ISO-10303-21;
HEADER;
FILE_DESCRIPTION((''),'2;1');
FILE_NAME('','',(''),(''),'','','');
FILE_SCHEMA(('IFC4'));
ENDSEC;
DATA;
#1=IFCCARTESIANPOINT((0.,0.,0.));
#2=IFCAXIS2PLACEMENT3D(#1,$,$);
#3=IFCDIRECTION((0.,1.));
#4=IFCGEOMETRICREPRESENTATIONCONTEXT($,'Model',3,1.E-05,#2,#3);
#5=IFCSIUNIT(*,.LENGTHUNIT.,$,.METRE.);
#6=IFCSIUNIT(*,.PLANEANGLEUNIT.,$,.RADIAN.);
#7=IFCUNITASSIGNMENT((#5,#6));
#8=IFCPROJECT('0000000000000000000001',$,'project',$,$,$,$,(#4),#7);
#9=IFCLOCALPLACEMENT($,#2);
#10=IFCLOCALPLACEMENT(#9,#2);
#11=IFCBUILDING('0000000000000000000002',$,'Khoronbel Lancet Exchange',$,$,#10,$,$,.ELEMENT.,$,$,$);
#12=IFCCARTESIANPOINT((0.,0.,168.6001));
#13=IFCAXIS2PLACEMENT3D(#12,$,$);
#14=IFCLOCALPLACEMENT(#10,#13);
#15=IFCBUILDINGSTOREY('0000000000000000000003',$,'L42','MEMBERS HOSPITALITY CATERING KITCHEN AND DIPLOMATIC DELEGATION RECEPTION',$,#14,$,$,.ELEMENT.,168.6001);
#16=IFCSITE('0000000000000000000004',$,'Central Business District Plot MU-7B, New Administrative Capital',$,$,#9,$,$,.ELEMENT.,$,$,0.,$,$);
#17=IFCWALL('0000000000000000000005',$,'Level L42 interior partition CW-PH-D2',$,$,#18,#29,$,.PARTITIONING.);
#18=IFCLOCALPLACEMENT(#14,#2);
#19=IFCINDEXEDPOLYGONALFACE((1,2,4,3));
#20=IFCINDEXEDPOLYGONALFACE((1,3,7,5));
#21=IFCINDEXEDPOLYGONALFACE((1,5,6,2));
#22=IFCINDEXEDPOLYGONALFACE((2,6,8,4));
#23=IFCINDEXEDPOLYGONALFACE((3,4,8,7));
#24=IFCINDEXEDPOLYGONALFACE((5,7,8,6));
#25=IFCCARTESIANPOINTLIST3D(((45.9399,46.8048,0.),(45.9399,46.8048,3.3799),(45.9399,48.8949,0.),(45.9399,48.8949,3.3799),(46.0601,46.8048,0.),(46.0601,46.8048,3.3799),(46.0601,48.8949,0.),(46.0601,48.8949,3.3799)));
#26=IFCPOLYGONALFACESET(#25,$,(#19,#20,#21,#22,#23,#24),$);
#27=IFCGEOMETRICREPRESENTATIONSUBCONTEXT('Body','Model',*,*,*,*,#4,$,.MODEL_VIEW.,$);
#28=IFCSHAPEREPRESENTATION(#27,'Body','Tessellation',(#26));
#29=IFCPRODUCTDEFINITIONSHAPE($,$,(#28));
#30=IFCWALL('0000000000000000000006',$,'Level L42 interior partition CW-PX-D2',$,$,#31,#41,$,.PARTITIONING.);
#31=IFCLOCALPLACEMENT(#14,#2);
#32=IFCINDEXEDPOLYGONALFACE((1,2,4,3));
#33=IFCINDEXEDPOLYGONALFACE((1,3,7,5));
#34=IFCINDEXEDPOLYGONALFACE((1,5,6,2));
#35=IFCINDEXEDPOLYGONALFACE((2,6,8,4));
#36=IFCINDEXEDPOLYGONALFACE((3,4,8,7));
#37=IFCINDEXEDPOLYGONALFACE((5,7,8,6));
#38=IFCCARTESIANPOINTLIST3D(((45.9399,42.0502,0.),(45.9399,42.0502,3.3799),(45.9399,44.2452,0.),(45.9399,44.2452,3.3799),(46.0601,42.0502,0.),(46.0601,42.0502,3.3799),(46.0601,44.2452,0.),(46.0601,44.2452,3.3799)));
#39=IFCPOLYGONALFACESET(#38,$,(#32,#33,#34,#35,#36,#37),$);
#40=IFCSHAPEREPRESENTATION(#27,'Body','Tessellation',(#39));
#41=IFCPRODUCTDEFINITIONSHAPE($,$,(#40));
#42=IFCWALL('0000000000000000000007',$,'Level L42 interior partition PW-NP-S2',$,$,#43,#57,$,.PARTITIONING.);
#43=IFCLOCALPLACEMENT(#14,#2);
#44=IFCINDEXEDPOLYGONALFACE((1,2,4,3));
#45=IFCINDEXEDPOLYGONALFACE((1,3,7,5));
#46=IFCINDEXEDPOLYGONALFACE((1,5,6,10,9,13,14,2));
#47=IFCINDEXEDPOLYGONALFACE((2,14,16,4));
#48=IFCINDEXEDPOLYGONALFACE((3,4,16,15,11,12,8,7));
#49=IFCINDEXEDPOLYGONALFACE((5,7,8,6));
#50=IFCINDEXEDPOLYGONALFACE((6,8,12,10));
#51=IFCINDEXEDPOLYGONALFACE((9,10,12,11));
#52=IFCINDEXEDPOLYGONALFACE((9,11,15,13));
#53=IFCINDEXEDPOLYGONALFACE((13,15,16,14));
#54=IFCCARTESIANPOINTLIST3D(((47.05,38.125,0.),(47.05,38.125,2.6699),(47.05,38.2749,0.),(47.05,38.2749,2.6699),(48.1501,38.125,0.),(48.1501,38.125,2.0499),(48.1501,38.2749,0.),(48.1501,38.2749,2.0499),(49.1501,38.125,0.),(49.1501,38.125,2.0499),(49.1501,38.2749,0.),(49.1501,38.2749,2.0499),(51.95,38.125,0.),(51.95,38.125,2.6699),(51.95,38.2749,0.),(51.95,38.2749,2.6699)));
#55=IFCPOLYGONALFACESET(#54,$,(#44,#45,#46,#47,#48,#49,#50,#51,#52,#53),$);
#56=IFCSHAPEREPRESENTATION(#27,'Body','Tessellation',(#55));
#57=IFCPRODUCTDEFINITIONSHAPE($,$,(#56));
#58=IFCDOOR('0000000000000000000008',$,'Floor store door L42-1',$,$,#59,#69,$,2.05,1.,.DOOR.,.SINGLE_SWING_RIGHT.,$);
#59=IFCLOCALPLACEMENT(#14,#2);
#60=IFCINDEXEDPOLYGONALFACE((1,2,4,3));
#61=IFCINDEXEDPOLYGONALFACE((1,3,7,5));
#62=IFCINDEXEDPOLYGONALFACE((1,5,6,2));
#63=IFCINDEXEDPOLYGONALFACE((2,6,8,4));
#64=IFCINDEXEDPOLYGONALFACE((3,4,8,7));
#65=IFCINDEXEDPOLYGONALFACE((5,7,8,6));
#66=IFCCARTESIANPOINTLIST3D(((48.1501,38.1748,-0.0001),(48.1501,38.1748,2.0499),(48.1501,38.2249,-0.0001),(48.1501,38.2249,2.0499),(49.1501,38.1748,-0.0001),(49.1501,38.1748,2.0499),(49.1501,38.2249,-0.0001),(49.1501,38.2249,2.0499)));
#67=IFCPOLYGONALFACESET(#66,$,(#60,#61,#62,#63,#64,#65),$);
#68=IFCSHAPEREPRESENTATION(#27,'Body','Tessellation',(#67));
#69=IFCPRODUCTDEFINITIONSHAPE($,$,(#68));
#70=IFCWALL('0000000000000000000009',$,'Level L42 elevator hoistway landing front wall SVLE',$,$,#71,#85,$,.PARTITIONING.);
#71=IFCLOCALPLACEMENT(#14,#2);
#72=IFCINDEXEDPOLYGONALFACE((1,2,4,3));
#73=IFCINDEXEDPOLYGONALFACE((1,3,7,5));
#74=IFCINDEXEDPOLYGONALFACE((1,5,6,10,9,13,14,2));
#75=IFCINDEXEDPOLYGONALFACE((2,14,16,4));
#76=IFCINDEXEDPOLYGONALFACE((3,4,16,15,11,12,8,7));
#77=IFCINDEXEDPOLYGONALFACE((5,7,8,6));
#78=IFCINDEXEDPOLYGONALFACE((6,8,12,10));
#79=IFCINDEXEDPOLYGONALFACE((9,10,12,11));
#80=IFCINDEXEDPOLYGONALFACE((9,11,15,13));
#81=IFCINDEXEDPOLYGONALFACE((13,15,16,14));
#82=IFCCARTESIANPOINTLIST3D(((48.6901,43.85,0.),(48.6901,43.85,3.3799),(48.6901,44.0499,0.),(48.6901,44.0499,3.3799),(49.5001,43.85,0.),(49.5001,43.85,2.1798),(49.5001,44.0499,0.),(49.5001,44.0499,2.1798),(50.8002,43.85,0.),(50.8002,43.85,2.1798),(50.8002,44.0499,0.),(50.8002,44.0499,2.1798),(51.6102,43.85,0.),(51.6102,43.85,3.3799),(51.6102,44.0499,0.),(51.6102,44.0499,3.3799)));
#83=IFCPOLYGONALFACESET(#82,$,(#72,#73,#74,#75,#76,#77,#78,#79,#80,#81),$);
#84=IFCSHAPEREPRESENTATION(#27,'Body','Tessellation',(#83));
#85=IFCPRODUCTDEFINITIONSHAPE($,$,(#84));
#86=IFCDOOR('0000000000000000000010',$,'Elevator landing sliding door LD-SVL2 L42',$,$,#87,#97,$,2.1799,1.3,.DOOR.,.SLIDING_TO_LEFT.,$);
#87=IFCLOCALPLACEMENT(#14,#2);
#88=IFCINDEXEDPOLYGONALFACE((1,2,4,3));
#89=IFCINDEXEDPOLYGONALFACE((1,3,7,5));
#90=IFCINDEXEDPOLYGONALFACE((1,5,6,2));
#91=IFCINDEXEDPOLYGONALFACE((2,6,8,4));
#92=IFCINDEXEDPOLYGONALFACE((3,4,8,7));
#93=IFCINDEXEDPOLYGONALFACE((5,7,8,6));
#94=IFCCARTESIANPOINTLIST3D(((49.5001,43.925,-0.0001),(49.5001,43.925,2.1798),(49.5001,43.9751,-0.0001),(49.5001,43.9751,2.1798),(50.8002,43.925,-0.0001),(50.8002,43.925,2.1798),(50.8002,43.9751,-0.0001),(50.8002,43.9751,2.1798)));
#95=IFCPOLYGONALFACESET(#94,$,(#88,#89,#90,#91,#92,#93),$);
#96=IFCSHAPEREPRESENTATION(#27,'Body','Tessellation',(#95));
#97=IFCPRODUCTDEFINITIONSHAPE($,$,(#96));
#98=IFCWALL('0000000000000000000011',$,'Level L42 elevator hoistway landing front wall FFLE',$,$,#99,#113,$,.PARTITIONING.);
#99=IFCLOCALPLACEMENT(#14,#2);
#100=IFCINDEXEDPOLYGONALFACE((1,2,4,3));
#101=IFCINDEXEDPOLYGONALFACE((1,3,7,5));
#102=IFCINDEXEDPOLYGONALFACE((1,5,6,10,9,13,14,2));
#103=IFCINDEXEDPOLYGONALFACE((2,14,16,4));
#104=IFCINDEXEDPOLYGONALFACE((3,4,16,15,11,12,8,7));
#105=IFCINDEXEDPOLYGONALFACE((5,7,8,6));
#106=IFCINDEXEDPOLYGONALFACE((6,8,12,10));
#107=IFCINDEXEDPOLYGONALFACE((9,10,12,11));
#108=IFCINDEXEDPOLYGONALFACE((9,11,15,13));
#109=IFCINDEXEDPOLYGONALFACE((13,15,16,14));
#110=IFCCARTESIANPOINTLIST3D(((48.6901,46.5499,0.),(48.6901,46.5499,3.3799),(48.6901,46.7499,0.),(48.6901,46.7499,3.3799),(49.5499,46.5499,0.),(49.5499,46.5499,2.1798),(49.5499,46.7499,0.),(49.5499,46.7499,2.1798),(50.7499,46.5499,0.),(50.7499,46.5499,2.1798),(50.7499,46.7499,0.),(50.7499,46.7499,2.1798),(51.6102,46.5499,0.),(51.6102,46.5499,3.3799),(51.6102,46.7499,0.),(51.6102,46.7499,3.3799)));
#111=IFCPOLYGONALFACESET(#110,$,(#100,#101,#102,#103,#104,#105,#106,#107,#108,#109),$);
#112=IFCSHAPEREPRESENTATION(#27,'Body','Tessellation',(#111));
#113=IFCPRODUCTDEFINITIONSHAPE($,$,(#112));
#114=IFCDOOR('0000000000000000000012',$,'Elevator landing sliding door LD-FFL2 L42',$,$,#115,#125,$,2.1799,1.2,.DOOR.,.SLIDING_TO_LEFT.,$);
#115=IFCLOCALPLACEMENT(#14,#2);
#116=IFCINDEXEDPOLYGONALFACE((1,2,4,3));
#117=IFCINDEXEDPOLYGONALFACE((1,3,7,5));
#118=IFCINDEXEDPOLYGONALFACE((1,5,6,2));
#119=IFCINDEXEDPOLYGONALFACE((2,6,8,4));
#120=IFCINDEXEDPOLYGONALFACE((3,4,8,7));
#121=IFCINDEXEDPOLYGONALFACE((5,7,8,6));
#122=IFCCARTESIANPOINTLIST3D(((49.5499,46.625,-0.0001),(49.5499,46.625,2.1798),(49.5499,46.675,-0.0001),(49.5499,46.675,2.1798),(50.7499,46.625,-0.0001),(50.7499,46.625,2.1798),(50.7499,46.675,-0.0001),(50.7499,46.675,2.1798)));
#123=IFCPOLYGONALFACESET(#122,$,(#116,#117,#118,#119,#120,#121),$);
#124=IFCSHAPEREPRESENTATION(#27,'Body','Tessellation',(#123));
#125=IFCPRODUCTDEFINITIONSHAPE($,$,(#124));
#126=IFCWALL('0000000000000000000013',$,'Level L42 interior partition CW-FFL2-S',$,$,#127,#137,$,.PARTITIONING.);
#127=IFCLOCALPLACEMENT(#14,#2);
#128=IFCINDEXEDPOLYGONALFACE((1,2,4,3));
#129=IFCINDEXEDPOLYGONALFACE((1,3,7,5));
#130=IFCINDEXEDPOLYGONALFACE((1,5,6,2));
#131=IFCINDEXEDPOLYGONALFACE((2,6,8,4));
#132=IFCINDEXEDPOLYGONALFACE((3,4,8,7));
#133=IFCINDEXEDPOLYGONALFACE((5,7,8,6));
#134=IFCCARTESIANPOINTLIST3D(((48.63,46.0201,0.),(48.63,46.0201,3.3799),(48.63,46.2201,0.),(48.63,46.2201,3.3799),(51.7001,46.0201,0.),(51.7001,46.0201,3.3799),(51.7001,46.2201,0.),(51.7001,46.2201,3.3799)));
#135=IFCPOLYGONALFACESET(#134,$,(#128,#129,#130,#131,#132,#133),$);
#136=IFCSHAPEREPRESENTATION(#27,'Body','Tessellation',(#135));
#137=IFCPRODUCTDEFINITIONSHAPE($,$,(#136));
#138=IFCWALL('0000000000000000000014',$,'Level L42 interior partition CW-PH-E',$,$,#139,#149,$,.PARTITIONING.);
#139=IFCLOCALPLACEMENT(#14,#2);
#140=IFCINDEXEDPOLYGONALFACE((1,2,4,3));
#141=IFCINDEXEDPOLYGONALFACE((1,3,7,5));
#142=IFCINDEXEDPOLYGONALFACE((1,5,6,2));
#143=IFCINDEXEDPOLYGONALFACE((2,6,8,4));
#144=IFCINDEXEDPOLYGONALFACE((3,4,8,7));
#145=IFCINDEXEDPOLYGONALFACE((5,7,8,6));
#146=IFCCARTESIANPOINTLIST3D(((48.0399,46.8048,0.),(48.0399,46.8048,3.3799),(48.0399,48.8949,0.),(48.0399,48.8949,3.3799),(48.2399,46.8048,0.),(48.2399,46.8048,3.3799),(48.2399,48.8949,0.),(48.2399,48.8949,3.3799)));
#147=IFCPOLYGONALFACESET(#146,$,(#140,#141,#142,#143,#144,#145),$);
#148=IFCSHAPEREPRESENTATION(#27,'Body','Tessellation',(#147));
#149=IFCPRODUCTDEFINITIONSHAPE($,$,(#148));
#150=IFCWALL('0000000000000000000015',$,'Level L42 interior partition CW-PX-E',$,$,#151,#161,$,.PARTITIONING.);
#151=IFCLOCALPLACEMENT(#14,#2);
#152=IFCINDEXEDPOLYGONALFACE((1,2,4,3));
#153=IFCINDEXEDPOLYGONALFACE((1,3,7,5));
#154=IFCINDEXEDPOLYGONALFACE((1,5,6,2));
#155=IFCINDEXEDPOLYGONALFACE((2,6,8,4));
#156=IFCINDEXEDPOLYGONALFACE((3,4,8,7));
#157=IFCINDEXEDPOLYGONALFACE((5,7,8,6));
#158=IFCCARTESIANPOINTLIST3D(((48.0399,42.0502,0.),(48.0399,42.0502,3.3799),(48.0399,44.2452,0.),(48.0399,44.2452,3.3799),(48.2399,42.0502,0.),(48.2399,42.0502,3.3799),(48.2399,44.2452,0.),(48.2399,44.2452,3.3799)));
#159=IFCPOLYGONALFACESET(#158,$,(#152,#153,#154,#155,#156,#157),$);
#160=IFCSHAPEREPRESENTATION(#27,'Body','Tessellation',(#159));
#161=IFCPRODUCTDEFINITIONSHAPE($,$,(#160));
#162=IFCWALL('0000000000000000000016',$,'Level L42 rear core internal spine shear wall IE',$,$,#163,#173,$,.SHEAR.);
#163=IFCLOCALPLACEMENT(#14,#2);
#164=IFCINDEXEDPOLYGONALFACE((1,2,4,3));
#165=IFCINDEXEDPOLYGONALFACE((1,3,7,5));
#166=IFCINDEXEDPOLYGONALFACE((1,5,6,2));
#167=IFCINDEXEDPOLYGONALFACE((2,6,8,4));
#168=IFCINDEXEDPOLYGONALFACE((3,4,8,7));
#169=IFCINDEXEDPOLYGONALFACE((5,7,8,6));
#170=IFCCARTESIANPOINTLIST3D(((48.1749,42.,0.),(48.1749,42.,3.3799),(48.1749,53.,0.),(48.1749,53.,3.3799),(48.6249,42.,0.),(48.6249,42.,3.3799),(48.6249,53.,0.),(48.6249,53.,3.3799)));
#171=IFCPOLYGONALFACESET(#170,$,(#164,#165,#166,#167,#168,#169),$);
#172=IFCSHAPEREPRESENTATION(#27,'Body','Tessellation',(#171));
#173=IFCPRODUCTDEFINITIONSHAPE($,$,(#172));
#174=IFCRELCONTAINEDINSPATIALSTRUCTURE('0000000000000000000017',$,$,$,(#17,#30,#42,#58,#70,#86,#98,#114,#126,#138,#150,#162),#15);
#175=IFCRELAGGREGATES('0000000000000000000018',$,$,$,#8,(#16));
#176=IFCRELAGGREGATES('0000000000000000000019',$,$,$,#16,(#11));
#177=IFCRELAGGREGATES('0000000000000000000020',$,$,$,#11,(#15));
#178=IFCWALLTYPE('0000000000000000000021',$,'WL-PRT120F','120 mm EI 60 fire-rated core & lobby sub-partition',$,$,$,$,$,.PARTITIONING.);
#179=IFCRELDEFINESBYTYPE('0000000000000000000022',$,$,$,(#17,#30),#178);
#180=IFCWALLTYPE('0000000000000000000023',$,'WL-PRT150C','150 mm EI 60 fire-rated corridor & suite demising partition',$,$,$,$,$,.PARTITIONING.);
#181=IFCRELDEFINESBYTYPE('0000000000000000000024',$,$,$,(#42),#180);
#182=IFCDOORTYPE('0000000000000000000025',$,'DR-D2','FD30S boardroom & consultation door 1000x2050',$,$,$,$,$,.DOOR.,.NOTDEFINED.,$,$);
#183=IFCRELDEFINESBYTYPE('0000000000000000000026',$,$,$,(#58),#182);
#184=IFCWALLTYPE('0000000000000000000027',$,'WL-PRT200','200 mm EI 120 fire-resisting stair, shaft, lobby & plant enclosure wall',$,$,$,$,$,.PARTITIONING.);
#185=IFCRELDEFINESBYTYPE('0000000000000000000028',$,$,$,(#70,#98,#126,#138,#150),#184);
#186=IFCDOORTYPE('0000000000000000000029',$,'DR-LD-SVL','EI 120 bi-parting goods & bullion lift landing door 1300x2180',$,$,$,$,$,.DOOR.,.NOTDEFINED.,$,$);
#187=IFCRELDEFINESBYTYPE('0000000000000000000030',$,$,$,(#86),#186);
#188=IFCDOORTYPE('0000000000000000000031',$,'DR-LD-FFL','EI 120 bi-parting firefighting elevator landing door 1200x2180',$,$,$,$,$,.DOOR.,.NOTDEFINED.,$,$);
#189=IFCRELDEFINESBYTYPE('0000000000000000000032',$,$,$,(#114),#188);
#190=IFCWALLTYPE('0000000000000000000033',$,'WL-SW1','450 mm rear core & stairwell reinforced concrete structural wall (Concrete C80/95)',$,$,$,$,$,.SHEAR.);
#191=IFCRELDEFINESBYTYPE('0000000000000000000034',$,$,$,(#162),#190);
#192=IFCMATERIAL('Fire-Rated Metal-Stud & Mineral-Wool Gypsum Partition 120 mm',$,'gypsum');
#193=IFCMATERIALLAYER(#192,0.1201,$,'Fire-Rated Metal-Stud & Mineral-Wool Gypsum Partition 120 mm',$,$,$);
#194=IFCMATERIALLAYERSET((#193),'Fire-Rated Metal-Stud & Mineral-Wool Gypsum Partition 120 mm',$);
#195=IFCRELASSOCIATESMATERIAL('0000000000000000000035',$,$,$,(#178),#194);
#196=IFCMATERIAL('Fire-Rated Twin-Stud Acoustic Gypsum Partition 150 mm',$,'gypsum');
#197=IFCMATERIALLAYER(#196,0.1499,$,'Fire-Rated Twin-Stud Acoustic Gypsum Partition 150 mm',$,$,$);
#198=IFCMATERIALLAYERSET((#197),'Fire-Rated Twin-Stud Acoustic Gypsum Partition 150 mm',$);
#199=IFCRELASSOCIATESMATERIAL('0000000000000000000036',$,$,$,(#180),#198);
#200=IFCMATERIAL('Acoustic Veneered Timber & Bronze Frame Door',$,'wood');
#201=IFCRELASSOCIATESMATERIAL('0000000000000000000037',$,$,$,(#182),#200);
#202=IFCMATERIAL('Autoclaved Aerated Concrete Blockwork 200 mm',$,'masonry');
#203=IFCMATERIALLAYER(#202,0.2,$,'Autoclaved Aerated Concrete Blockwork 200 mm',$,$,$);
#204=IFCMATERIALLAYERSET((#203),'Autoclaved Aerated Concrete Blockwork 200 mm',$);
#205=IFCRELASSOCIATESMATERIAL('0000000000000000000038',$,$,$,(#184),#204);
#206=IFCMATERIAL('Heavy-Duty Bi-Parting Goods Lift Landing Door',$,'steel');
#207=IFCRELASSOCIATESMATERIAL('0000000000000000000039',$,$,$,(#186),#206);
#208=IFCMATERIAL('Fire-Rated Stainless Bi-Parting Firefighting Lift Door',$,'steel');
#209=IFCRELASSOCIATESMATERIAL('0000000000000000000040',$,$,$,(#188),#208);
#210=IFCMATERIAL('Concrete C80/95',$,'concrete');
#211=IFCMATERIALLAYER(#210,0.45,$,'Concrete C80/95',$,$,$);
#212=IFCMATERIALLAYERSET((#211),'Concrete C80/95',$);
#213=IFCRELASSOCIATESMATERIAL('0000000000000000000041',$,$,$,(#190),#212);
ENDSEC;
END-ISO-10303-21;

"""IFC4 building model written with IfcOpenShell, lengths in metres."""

from ifc_helpers import new_model, si_unit, direction, frame, frame_2d, origin, place, context, subcontext, project, spatial, rectangle, extrude, material, layer, layer_set, type_object, element, fill, save


model = new_model("IFC4")

# Units and contexts
model_context = context("Model", 3, precision=1e-05, world=origin(), true_north=direction((0.0, 1.0)))
body_context = subcontext(model_context, "Body", "Model", "MODEL_VIEW")
ifc_project = project(units=[si_unit("LENGTHUNIT", "METRE"), si_unit("PLANEANGLEUNIT", "RADIAN")], contexts=[model_context])

# Site, building, storey
site_placement = place(None, origin())
site = spatial("IfcSite", under=ifc_project, at=site_placement, Name="Central Business District Plot MU-7B, New Administrative Capital", CompositionType="ELEMENT", RefElevation=0.0)
building_placement = place(site_placement, origin())
building = spatial("IfcBuilding", under=site, at=building_placement, Name="Khoronbel Lancet Exchange", CompositionType="ELEMENT")
storey_placement = place(building_placement, frame((0.0, 0.0, 168.6001)))
storey = spatial("IfcBuildingStorey", under=building, at=storey_placement, Name="L42", Description="MEMBERS HOSPITALITY CATERING KITCHEN AND DIPLOMATIC DELEGATION RECEPTION", CompositionType="ELEMENT", Elevation=168.6001)

# Walls
ifc_material_1 = material(Name="Fire-Rated Metal-Stud & Mineral-Wool Gypsum Partition 120 mm", Category="gypsum")
ifc_layer_1 = layer(ifc_material_1, 0.1201, Name="Fire-Rated Metal-Stud & Mineral-Wool Gypsum Partition 120 mm")
ifc_layer_set_1 = layer_set([ifc_layer_1], Name="Fire-Rated Metal-Stud & Mineral-Wool Gypsum Partition 120 mm")
wall_type_1 = type_object("IfcWallType", Name="WL-PRT120F", Description="120 mm EI 60 fire-rated core & lobby sub-partition", PredefinedType="PARTITIONING", material=ifc_layer_set_1)
wall_1_placement = place(storey_placement, frame((46.0, 46.8049, 0.0), z_axis=(0.0, 0.0, 1.0), x_axis=(0.0, 1.0, 0.0)))
element("IfcWall", 1, at=wall_1_placement, inside=storey, type_object=wall_type_1, Name="Level L42 interior partition CW-PH-D2", PredefinedType="PARTITIONING", context=body_context, shape_type="SweptSolid", body=[
    extrude(rectangle(XDim=2.0901, YDim=0.1201, at=frame_2d((1.0449, 0.0))), origin(), (0.0, 0.0, 1.0), 3.3799),
])
wall_2_placement = place(storey_placement, frame((46.0, 42.05, 0.0), z_axis=(0.0, 0.0, 1.0), x_axis=(0.0, 1.0, 0.0)))
element("IfcWall", 2, at=wall_2_placement, inside=storey, type_object=wall_type_1, Name="Level L42 interior partition CW-PX-D2", PredefinedType="PARTITIONING", context=body_context, shape_type="SweptSolid", body=[
    extrude(rectangle(XDim=2.1951, YDim=0.1201, at=frame_2d((1.0977, 0.0))), origin(), (0.0, 0.0, 1.0), 3.3799),
])

# Walls, openings, doors
ifc_material_2 = material(Name="Fire-Rated Twin-Stud Acoustic Gypsum Partition 150 mm", Category="gypsum")
ifc_layer_2 = layer(ifc_material_2, 0.1499, Name="Fire-Rated Twin-Stud Acoustic Gypsum Partition 150 mm")
ifc_layer_set_2 = layer_set([ifc_layer_2], Name="Fire-Rated Twin-Stud Acoustic Gypsum Partition 150 mm")
wall_type_2 = type_object("IfcWallType", Name="WL-PRT150C", Description="150 mm EI 60 fire-rated corridor & suite demising partition", PredefinedType="PARTITIONING", material=ifc_layer_set_2)
wall_3_placement = place(storey_placement, frame((47.05, 38.2, 0.0), z_axis=(0.0, 0.0, 1.0), x_axis=(1.0, 0.0, 0.0)))
wall_3 = element("IfcWall", 3, at=wall_3_placement, inside=storey, type_object=wall_type_2, Name="Level L42 interior partition PW-NP-S2", PredefinedType="PARTITIONING", context=body_context, shape_type="SweptSolid", body=[
    extrude(rectangle(XDim=4.8999, YDim=0.1499, at=frame_2d((2.45, 0.0))), origin(), (0.0, 0.0, 1.0), 2.6699),
])
opening_1_placement = place(wall_3_placement, frame((1.1001, 0.0, 0.0)))
opening_1 = element("IfcOpeningElement", 4, at=opening_1_placement, cuts=wall_3, PredefinedType="OPENING", context=body_context, shape_type="SweptSolid", body=[
    extrude(rectangle(XDim=1.0, YDim=2.05, at=frame_2d((0.5, 1.0249))), frame((0.0, 0.085, 0.0), z_axis=(0.0, -1.0, 0.0), x_axis=(1.0, 0.0, 0.0)), (0.0, 0.0, 1.0), 0.1699),
])
ifc_material_3 = material(Name="Acoustic Veneered Timber & Bronze Frame Door", Category="wood")
door_type_1 = type_object("IfcDoorType", Name="DR-D2", Description="FD30S boardroom & consultation door 1000x2050", OperationType="NOTDEFINED", PredefinedType="DOOR", material=ifc_material_3)
door_1_placement = place(opening_1_placement, origin())
door_1 = element("IfcDoor", 5, at=door_1_placement, inside=storey, type_object=door_type_1, Name="Floor store door L42-1", OperationType="SINGLE_SWING_RIGHT", OverallHeight=2.05, OverallWidth=1.0, PredefinedType="DOOR", context=body_context, shape_type="SweptSolid", body=[
    extrude(rectangle(XDim=1.0, YDim=2.05, at=frame_2d((0.5, 1.0249))), frame((0.0, 0.0249, 0.0), z_axis=(0.0, -1.0, 0.0), x_axis=(1.0, 0.0, 0.0)), (0.0, 0.0, 1.0), 0.05),
])
fill(opening_1, door_1)
ifc_material_4 = material(Name="Autoclaved Aerated Concrete Blockwork 200 mm", Category="masonry")
ifc_layer_3 = layer(ifc_material_4, 0.2, Name="Autoclaved Aerated Concrete Blockwork 200 mm")
ifc_layer_set_3 = layer_set([ifc_layer_3], Name="Autoclaved Aerated Concrete Blockwork 200 mm")
wall_type_3 = type_object("IfcWallType", Name="WL-PRT200", Description="200 mm EI 120 fire-resisting stair, shaft, lobby & plant enclosure wall", PredefinedType="PARTITIONING", material=ifc_layer_set_3)
wall_4_placement = place(storey_placement, frame((51.6101, 43.95, 0.0), z_axis=(0.0, 0.0, 1.0), x_axis=(-1.0, 0.0, 0.0)))
wall_4 = element("IfcWall", 6, at=wall_4_placement, inside=storey, type_object=wall_type_3, Name="Level L42 elevator hoistway landing front wall SVLE", PredefinedType="PARTITIONING", context=body_context, shape_type="SweptSolid", body=[
    extrude(rectangle(XDim=2.9202, YDim=0.2, at=frame_2d((1.46, 0.0))), origin(), (0.0, 0.0, 1.0), 3.3799),
])
opening_2_placement = place(wall_4_placement, frame((0.8101, 0.0, 0.0)))
opening_2 = element("IfcOpeningElement", 7, at=opening_2_placement, cuts=wall_4, PredefinedType="OPENING", context=body_context, shape_type="SweptSolid", body=[
    extrude(rectangle(XDim=1.3, YDim=2.1799, at=frame_2d((0.6499, 1.0898))), frame((0.0, 0.1099, 0.0), z_axis=(0.0, -1.0, 0.0), x_axis=(1.0, 0.0, 0.0)), (0.0, 0.0, 1.0), 0.22),
])
ifc_material_5 = material(Name="Heavy-Duty Bi-Parting Goods Lift Landing Door", Category="steel")
door_type_2 = type_object("IfcDoorType", Name="DR-LD-SVL", Description="EI 120 bi-parting goods & bullion lift landing door 1300x2180", OperationType="NOTDEFINED", PredefinedType="DOOR", material=ifc_material_5)
door_2_placement = place(opening_2_placement, origin())
door_2 = element("IfcDoor", 8, at=door_2_placement, inside=storey, type_object=door_type_2, Name="Elevator landing sliding door LD-SVL2 L42", OperationType="SLIDING_TO_LEFT", OverallHeight=2.1799, OverallWidth=1.3, PredefinedType="DOOR", context=body_context, shape_type="SweptSolid", body=[
    extrude(rectangle(XDim=1.3, YDim=2.1799, at=frame_2d((0.6499, 1.0898))), frame((0.0, 0.0249, 0.0), z_axis=(0.0, -1.0, 0.0), x_axis=(1.0, 0.0, 0.0)), (0.0, 0.0, 1.0), 0.05),
])
fill(opening_2, door_2)
wall_5_placement = place(storey_placement, frame((51.6101, 46.6499, 0.0), z_axis=(0.0, 0.0, 1.0), x_axis=(-1.0, 0.0, 0.0)))
wall_5 = element("IfcWall", 9, at=wall_5_placement, inside=storey, type_object=wall_type_3, Name="Level L42 elevator hoistway landing front wall FFLE", PredefinedType="PARTITIONING", context=body_context, shape_type="SweptSolid", body=[
    extrude(rectangle(XDim=2.9202, YDim=0.2, at=frame_2d((1.46, 0.0))), origin(), (0.0, 0.0, 1.0), 3.3799),
])
opening_3_placement = place(wall_5_placement, frame((0.8601, 0.0, 0.0)))
opening_3 = element("IfcOpeningElement", 10, at=opening_3_placement, cuts=wall_5, PredefinedType="OPENING", context=body_context, shape_type="SweptSolid", body=[
    extrude(rectangle(XDim=1.2, YDim=2.1799, at=frame_2d((0.6001, 1.0898))), frame((0.0, 0.1099, 0.0), z_axis=(0.0, -1.0, 0.0), x_axis=(1.0, 0.0, 0.0)), (0.0, 0.0, 1.0), 0.22),
])
ifc_material_6 = material(Name="Fire-Rated Stainless Bi-Parting Firefighting Lift Door", Category="steel")
door_type_3 = type_object("IfcDoorType", Name="DR-LD-FFL", Description="EI 120 bi-parting firefighting elevator landing door 1200x2180", OperationType="NOTDEFINED", PredefinedType="DOOR", material=ifc_material_6)
door_3_placement = place(opening_3_placement, origin())
door_3 = element("IfcDoor", 11, at=door_3_placement, inside=storey, type_object=door_type_3, Name="Elevator landing sliding door LD-FFL2 L42", OperationType="SLIDING_TO_LEFT", OverallHeight=2.1799, OverallWidth=1.2, PredefinedType="DOOR", context=body_context, shape_type="SweptSolid", body=[
    extrude(rectangle(XDim=1.2, YDim=2.1799, at=frame_2d((0.6001, 1.0898))), frame((0.0, 0.0249, 0.0), z_axis=(0.0, -1.0, 0.0), x_axis=(1.0, 0.0, 0.0)), (0.0, 0.0, 1.0), 0.05),
])
fill(opening_3, door_3)

# Wall
wall_6_placement = place(storey_placement, frame((48.6299, 46.1201, 0.0), z_axis=(0.0, 0.0, 1.0), x_axis=(1.0, 0.0, 0.0)))
element("IfcWall", 12, at=wall_6_placement, inside=storey, type_object=wall_type_3, Name="Level L42 interior partition CW-FFL2-S", PredefinedType="PARTITIONING", context=body_context, shape_type="SweptSolid", body=[
    extrude(rectangle(XDim=3.0701, YDim=0.2, at=frame_2d((1.5352, 0.0))), origin(), (0.0, 0.0, 1.0), 3.3799),
])

# Walls
wall_7_placement = place(storey_placement, frame((48.1399, 46.8049, 0.0), z_axis=(0.0, 0.0, 1.0), x_axis=(0.0, 1.0, 0.0)))
element("IfcWall", 13, at=wall_7_placement, inside=storey, type_object=wall_type_3, Name="Level L42 interior partition CW-PH-E", PredefinedType="PARTITIONING", context=body_context, shape_type="SweptSolid", body=[
    extrude(rectangle(XDim=2.0901, YDim=0.2, at=frame_2d((1.0449, 0.0))), origin(), (0.0, 0.0, 1.0), 3.3799),
])
wall_8_placement = place(storey_placement, frame((48.1399, 42.05, 0.0), z_axis=(0.0, 0.0, 1.0), x_axis=(0.0, 1.0, 0.0)))
element("IfcWall", 14, at=wall_8_placement, inside=storey, type_object=wall_type_3, Name="Level L42 interior partition CW-PX-E", PredefinedType="PARTITIONING", context=body_context, shape_type="SweptSolid", body=[
    extrude(rectangle(XDim=2.1951, YDim=0.2, at=frame_2d((1.0977, 0.0))), origin(), (0.0, 0.0, 1.0), 3.3799),
])
ifc_material_7 = material(Name="Concrete C80/95", Category="concrete")
ifc_layer_4 = layer(ifc_material_7, 0.45, Name="Concrete C80/95")
ifc_layer_set_4 = layer_set([ifc_layer_4], Name="Concrete C80/95")
wall_type_4 = type_object("IfcWallType", Name="WL-SW1", Description="450 mm rear core & stairwell reinforced concrete structural wall (Concrete C80/95)", PredefinedType="SHEAR", material=ifc_layer_set_4)
wall_9_placement = place(storey_placement, frame((48.3999, 42.0, 0.0), z_axis=(0.0, 0.0, 1.0), x_axis=(0.0, 1.0, 0.0)))
element("IfcWall", 15, at=wall_9_placement, inside=storey, type_object=wall_type_4, Name="Level L42 rear core internal spine shear wall IE", PredefinedType="SHEAR", context=body_context, shape_type="SweptSolid", body=[
    extrude(rectangle(XDim=11.0, YDim=0.45, at=frame_2d((5.5, 0.0))), origin(), (0.0, 0.0, 1.0), 3.3799),
])

save(model, "model.ifc")
